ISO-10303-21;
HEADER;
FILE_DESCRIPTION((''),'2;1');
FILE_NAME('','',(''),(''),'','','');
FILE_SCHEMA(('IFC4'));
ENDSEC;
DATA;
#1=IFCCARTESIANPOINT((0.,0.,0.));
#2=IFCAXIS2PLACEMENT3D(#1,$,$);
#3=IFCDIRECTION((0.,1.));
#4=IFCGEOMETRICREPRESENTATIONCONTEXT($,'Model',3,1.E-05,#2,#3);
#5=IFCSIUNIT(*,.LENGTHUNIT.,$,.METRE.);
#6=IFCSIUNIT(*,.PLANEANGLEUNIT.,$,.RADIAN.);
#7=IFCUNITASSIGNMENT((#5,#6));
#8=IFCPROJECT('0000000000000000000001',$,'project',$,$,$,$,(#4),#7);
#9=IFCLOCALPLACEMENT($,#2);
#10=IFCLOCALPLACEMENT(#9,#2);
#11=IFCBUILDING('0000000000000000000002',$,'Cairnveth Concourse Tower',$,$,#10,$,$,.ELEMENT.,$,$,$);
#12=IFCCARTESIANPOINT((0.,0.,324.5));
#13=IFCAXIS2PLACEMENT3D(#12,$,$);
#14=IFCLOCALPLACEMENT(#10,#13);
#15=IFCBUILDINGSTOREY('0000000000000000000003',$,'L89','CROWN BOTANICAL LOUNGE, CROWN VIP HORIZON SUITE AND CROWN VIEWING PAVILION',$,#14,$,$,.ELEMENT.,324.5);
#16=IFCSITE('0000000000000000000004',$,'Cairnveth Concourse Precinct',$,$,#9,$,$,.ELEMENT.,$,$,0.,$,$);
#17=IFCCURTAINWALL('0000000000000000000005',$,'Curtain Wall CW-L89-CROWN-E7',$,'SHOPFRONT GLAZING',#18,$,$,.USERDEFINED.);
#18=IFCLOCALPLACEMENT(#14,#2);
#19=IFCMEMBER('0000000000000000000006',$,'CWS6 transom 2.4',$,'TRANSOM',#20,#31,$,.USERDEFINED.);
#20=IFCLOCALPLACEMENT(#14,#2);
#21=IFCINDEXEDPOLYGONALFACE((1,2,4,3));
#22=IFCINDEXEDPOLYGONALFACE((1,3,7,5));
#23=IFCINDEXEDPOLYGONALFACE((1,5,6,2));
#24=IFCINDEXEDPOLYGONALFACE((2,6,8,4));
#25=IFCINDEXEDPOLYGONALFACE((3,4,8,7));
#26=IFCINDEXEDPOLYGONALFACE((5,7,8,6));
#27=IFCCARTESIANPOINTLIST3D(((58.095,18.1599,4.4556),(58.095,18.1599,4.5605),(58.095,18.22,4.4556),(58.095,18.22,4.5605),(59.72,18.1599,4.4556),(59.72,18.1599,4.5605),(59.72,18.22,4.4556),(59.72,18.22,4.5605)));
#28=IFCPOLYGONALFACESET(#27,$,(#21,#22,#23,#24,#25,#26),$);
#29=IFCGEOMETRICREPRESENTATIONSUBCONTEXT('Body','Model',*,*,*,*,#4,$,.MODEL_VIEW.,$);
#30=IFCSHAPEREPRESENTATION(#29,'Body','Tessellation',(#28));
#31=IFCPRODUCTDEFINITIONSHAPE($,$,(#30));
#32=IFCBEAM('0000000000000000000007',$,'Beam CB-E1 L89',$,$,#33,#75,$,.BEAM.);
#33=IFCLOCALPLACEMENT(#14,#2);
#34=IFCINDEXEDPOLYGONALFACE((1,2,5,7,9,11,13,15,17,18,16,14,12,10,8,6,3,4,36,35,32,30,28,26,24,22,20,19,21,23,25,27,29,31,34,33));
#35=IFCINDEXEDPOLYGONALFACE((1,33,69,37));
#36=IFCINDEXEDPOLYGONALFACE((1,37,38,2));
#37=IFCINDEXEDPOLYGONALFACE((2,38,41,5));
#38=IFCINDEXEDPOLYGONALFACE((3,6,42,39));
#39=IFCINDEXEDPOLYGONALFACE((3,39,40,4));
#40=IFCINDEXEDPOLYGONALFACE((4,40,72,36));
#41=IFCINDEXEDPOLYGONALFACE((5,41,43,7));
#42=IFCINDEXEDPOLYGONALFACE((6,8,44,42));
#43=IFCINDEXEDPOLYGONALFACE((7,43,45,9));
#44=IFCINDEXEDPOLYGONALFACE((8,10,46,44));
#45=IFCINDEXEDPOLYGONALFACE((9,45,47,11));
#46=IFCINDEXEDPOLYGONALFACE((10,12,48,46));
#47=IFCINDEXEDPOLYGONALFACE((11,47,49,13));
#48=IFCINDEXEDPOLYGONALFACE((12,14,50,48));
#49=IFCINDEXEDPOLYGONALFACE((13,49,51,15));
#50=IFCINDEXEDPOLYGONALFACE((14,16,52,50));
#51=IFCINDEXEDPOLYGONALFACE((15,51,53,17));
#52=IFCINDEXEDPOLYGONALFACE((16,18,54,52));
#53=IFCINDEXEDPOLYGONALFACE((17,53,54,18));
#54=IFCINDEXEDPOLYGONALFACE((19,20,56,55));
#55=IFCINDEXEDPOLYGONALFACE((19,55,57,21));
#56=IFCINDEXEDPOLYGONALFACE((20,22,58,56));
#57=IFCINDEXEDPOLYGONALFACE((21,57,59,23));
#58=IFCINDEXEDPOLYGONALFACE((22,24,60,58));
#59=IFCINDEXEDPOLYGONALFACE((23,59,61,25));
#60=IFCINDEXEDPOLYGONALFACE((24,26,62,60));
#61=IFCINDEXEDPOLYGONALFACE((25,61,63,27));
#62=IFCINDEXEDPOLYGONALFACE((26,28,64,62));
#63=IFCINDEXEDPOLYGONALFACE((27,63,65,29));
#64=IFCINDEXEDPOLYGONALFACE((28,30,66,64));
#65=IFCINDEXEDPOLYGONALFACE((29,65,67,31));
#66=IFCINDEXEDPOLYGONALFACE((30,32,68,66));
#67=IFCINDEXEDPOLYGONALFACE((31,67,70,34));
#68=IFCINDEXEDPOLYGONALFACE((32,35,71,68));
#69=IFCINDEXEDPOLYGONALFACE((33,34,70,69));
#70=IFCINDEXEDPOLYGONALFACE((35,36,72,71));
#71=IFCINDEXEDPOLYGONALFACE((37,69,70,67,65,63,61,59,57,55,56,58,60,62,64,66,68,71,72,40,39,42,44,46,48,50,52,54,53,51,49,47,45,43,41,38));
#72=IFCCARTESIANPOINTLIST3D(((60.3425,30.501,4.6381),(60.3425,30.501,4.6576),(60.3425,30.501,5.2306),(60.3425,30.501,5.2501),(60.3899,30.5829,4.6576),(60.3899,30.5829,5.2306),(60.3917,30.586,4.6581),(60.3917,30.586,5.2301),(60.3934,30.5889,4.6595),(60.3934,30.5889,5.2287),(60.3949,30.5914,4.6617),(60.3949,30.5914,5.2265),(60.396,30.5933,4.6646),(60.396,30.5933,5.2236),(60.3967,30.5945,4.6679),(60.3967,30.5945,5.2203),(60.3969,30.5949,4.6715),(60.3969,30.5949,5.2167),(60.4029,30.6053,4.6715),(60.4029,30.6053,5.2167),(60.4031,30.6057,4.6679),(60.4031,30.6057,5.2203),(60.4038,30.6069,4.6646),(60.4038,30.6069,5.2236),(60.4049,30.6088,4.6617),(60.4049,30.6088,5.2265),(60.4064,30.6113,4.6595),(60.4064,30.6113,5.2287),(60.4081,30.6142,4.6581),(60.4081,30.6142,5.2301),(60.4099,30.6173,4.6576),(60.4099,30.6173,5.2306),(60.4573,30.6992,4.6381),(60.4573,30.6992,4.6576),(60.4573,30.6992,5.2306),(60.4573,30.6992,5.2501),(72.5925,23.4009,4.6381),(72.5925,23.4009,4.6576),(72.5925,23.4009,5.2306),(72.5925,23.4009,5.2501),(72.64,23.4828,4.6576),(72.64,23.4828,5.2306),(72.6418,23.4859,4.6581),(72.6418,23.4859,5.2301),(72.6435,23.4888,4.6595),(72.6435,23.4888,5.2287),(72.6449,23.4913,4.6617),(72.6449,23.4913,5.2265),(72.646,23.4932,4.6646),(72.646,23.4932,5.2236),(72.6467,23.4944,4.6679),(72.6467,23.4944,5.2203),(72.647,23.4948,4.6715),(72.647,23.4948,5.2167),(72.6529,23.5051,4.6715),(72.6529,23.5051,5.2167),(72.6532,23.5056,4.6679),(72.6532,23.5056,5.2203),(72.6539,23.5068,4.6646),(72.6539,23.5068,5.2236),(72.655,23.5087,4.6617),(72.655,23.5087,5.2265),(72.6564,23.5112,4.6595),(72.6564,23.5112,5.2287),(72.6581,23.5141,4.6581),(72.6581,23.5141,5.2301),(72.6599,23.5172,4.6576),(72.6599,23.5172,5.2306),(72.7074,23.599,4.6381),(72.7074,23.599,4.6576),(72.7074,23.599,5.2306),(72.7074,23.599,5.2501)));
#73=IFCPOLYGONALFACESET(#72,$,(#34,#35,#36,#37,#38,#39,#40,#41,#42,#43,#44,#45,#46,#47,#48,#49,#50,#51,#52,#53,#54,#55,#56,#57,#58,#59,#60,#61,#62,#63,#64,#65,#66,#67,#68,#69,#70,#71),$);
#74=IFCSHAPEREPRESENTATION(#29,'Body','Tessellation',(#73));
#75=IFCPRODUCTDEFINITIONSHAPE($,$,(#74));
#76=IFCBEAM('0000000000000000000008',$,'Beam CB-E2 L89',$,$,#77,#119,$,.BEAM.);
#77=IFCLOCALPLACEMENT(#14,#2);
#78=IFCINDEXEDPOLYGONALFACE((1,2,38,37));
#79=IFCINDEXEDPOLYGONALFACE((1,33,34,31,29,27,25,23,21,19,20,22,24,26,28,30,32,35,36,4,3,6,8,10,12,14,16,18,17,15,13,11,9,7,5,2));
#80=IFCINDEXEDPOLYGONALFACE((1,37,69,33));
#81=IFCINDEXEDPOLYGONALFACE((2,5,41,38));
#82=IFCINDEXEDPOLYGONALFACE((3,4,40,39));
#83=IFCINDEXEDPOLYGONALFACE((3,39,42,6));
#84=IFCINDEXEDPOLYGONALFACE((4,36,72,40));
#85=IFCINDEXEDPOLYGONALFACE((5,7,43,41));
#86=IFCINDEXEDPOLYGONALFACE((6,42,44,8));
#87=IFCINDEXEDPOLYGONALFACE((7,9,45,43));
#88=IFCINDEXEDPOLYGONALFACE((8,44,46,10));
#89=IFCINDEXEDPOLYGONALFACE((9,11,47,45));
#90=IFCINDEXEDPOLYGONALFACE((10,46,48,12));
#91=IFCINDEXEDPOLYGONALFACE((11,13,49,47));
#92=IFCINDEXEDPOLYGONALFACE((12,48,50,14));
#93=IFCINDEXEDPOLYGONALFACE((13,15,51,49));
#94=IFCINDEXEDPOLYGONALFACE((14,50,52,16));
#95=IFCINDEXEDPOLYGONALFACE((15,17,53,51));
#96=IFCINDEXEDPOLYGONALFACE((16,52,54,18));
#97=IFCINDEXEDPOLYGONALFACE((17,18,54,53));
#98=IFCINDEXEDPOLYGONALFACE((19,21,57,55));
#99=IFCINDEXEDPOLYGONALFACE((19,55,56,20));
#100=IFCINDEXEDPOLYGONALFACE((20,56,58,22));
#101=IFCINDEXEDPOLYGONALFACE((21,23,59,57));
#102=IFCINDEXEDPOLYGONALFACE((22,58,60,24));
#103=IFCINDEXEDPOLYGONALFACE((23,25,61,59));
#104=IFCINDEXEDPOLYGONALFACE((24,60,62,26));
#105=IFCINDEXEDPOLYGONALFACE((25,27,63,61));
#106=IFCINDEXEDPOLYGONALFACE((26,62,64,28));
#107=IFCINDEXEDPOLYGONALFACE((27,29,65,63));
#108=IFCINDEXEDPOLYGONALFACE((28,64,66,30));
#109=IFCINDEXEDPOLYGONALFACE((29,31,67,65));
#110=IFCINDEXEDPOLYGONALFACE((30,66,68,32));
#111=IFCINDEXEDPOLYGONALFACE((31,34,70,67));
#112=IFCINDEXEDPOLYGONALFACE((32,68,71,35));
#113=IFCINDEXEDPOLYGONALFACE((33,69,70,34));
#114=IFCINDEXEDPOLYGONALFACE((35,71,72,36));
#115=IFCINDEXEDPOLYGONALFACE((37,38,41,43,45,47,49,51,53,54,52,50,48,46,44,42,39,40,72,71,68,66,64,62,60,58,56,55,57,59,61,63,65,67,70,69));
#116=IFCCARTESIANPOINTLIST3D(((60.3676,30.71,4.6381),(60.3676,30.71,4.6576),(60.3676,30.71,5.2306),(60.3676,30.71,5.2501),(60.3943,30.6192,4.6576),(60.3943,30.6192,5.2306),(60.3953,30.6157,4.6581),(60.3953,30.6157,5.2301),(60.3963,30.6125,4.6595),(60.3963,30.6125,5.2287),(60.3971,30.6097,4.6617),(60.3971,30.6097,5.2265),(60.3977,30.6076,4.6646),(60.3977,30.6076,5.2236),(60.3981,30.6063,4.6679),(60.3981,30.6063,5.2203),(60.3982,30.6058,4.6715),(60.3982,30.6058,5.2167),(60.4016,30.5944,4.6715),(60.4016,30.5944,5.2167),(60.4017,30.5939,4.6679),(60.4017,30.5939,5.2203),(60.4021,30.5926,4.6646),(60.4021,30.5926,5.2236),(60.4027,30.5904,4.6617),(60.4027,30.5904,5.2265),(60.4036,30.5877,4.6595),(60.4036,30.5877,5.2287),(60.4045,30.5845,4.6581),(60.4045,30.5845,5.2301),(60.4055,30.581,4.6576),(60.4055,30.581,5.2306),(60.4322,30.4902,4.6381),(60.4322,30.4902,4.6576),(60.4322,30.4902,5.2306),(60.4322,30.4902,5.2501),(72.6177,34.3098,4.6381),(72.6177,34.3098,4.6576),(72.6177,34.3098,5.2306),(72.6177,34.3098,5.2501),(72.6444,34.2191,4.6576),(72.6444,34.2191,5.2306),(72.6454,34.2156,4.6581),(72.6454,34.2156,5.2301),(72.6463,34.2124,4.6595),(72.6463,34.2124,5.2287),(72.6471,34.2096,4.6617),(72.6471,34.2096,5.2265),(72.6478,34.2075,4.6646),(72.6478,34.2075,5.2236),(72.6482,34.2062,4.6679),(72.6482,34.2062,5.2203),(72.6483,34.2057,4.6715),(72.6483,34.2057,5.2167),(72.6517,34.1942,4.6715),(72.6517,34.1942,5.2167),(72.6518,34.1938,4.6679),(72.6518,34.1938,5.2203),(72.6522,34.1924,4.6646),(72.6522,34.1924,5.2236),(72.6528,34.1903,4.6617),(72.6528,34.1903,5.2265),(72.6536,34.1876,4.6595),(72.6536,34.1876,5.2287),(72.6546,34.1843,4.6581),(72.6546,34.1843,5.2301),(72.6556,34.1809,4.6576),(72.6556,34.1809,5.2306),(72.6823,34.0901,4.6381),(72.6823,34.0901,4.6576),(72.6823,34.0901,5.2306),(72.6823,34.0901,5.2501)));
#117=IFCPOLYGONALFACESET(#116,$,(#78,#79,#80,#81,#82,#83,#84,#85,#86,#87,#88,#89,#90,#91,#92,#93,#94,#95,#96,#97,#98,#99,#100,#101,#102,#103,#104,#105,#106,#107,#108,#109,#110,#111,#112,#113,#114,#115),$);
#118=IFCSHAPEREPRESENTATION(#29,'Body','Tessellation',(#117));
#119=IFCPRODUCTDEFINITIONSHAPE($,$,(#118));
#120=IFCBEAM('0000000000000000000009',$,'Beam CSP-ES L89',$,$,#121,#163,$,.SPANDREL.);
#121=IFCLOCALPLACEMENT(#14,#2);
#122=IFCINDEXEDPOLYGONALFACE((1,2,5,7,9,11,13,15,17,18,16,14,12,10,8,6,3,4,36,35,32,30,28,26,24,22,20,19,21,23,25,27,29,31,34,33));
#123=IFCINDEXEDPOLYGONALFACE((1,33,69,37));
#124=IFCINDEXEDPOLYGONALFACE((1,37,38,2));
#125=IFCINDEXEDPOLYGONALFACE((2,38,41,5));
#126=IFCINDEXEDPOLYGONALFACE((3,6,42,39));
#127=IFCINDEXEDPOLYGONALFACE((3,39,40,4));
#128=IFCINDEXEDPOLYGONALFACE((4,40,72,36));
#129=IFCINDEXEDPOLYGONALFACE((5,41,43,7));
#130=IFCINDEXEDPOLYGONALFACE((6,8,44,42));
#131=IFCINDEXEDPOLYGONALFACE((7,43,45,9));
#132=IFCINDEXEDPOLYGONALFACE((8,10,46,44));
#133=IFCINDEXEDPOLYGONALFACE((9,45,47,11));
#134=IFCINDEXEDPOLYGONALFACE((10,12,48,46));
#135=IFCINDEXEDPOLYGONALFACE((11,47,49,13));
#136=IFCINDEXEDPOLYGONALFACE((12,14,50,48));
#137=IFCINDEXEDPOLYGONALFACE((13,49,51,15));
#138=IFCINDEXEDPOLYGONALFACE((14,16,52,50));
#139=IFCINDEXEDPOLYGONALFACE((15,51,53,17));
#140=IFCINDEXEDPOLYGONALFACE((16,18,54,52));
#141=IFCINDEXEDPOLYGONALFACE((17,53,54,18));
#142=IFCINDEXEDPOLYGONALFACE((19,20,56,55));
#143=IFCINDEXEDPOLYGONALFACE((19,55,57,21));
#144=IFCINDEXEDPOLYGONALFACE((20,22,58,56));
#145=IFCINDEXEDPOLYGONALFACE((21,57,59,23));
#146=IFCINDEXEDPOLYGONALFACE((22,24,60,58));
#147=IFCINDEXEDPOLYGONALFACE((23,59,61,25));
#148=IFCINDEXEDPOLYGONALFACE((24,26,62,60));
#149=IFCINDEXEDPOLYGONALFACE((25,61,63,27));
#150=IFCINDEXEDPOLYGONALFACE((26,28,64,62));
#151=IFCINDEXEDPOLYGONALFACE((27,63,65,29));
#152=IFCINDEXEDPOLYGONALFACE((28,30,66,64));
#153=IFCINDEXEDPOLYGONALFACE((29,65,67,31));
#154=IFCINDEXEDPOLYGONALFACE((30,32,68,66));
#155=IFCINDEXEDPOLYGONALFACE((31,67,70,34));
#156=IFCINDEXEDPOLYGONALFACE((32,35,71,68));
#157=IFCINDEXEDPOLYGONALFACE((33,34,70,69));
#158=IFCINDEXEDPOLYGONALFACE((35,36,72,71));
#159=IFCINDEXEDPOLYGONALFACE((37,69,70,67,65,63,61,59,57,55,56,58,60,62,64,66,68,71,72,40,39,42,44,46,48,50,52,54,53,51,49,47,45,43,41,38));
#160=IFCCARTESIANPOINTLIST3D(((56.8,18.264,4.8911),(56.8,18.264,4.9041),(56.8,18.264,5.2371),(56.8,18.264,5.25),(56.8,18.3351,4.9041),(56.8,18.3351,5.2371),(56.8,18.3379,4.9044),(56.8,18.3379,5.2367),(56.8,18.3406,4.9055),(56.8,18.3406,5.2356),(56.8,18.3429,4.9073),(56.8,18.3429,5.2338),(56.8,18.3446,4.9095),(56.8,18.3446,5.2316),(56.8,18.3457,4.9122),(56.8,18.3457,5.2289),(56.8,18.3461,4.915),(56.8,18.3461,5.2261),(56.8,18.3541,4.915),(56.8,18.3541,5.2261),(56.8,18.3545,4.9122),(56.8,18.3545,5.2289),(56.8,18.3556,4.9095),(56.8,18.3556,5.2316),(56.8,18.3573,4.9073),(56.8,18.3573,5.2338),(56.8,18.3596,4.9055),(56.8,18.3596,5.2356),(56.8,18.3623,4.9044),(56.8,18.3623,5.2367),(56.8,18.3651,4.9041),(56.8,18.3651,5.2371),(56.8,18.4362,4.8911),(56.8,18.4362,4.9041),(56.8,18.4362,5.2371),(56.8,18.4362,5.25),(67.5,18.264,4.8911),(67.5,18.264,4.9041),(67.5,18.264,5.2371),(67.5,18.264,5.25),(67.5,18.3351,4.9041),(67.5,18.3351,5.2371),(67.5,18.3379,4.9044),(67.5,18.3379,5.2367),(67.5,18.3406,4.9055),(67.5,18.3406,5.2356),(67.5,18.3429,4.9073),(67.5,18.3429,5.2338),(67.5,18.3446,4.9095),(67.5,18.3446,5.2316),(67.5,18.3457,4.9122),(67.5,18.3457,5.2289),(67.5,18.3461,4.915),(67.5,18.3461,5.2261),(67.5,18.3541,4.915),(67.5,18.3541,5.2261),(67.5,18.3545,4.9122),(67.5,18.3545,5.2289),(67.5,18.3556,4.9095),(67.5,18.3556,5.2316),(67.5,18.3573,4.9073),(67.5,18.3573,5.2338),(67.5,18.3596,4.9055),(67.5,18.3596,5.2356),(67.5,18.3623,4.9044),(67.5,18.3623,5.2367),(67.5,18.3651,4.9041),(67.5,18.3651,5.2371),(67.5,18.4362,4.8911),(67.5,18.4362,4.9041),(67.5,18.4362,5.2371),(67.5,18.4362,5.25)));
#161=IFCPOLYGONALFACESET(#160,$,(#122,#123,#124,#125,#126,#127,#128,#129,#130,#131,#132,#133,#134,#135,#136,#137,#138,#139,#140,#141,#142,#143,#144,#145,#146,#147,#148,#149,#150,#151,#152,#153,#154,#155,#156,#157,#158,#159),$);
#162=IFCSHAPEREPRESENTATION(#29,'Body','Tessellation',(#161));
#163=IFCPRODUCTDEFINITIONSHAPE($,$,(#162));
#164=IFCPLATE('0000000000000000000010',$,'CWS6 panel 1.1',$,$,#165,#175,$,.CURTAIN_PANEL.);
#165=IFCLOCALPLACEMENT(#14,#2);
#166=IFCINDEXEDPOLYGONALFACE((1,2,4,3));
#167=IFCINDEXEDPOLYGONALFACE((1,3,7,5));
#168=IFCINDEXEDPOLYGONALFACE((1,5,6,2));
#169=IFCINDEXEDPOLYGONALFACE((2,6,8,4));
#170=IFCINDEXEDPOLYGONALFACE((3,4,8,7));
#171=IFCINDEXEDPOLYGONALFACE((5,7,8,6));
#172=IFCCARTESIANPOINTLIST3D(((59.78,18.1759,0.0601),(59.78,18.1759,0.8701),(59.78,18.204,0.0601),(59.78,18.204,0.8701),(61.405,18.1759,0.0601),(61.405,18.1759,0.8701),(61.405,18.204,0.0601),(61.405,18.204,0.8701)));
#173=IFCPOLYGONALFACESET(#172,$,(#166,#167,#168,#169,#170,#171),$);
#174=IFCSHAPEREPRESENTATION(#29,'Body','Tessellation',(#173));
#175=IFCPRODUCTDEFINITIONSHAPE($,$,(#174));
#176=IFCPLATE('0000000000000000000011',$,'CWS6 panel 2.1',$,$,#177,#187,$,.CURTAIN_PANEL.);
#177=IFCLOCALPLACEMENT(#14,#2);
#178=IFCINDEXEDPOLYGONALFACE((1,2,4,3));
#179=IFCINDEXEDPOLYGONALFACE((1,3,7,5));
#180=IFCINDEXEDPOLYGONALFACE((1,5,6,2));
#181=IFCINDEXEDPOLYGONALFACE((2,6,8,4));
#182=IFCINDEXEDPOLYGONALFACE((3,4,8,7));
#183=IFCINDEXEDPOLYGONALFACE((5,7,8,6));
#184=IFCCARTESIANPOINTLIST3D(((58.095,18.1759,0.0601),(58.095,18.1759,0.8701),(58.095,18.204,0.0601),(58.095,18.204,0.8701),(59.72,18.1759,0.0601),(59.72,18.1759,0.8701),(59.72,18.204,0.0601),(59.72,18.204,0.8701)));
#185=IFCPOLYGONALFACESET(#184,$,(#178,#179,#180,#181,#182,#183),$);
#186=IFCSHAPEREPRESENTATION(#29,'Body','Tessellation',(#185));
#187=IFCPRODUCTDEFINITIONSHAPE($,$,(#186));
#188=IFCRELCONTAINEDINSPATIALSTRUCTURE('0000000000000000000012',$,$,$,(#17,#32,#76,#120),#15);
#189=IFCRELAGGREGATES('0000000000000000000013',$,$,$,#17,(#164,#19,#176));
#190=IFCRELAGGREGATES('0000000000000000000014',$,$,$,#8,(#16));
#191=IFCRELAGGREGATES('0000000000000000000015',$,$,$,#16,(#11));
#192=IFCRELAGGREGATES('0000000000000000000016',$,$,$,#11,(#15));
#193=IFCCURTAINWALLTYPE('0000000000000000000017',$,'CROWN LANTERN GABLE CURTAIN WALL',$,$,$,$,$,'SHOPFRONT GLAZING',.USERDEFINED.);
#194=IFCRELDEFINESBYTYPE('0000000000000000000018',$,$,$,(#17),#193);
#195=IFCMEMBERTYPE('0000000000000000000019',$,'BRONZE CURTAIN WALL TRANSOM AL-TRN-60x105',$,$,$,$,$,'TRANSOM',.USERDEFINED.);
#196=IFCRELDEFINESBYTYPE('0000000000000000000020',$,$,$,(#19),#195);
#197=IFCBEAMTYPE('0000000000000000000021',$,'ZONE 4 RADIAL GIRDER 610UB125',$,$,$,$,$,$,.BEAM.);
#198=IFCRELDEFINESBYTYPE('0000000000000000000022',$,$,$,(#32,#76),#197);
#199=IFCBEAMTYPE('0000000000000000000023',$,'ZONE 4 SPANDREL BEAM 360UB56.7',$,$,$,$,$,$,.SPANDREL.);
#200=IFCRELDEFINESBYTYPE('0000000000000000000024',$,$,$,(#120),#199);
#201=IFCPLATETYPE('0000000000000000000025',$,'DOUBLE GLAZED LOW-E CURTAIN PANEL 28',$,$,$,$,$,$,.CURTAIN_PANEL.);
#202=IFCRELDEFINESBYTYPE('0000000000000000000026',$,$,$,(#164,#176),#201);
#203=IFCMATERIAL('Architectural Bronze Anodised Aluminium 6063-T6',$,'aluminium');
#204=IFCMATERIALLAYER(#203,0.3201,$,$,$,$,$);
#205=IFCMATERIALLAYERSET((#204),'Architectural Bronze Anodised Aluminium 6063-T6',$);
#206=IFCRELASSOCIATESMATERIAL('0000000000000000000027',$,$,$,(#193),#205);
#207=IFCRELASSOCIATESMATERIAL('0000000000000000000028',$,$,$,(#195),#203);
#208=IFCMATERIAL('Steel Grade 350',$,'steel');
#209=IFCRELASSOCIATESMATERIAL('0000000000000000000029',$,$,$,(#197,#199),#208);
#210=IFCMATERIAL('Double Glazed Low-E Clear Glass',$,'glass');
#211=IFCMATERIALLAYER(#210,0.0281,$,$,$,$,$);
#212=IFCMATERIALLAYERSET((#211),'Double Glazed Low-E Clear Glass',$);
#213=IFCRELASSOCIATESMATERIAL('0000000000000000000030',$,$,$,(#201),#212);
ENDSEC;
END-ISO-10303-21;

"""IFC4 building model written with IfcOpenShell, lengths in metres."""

from ifc_helpers import new_model, si_unit, direction, frame, origin, origin_2d, place, context, subcontext, project, spatial, rectangle, i_section, extrude, material, layer, layer_set, material_profile, profile_set, type_object, element, aggregate, save


model = new_model("IFC4")

# Units and contexts
model_context = context("Model", 3, precision=1e-05, world=origin(), true_north=direction((0.0, 1.0)))
body_context = subcontext(model_context, "Body", "Model", "MODEL_VIEW")
ifc_project = project(units=[si_unit("LENGTHUNIT", "METRE"), si_unit("PLANEANGLEUNIT", "RADIAN")], contexts=[model_context])

# Site, building, storey
site_placement = place(None, origin())
site = spatial("IfcSite", under=ifc_project, at=site_placement, Name="Cairnveth Concourse Precinct", CompositionType="ELEMENT", RefElevation=0.0)
building_placement = place(site_placement, origin())
building = spatial("IfcBuilding", under=site, at=building_placement, Name="Cairnveth Concourse Tower", CompositionType="ELEMENT")
storey_placement = place(building_placement, frame((0.0, 0.0, 324.5)))
storey = spatial("IfcBuildingStorey", under=building, at=storey_placement, Name="L89", Description="CROWN BOTANICAL LOUNGE, CROWN VIP HORIZON SUITE AND CROWN VIEWING PAVILION", CompositionType="ELEMENT", Elevation=324.5)

# Shared definitions
ifc_material_1 = material(Name="Steel Grade 350", Category="steel")

# Curtain wall, member
ifc_material_2 = material(Name="Architectural Bronze Anodised Aluminium 6063-T6", Category="aluminium")
ifc_layer_1 = layer(ifc_material_2, 0.3201)
ifc_layer_set_1 = layer_set([ifc_layer_1], Name="Architectural Bronze Anodised Aluminium 6063-T6")
curtain_wall_type = type_object("IfcCurtainWallType", Name="CROWN LANTERN GABLE CURTAIN WALL", ElementType="SHOPFRONT GLAZING", PredefinedType="USERDEFINED", material=ifc_layer_set_1)
curtain_wall_placement = place(storey_placement, origin())
curtain_wall = element("IfcCurtainWall", 1, at=curtain_wall_placement, inside=storey, type_object=curtain_wall_type, Name="Curtain Wall CW-L89-CROWN-E7", ObjectType="SHOPFRONT GLAZING", PredefinedType="USERDEFINED")
ifc_material_profile_1 = material_profile(ifc_material_2, rectangle(XDim=0.0601, YDim=0.105, at=origin_2d()), Name="AL-TRN-60x105")
ifc_profile_set_1 = profile_set([ifc_material_profile_1], Name="Architectural Bronze Anodised Aluminium 6063-T6")
member_type_1 = type_object("IfcMemberType", Name="BRONZE CURTAIN WALL TRANSOM AL-TRN-60x105", ElementType="TRANSOM", PredefinedType="USERDEFINED", material=ifc_profile_set_1)
member_1_placement = place(storey_placement, frame((59.72, 18.1899, 4.5081), z_axis=(-1.0, 0.0, 0.0), x_axis=(0.0, -1.0, 0.0)))
member_1 = element("IfcMember", 2, at=member_1_placement, type_object=member_type_1, Name="CWS6 transom 2.4", ObjectType="TRANSOM", PredefinedType="USERDEFINED", context=body_context, shape_type="SweptSolid", body=[
    extrude(rectangle(XDim=0.0601, YDim=0.105, at=origin_2d()), origin(), (0.0, 0.0, 1.0), 1.625),
])

# Beams
ifc_material_profile_2 = material_profile(ifc_material_1, i_section(OverallWidth=0.229, OverallDepth=0.6121, WebThickness=0.012, FlangeThickness=0.0195, FilletRadius=0.0139, at=origin_2d()), Name="610UB125")
ifc_profile_set_2 = profile_set([ifc_material_profile_2], Name="Steel Grade 350")
beam_type_1 = type_object("IfcBeamType", Name="ZONE 4 RADIAL GIRDER 610UB125", PredefinedType="BEAM", material=ifc_profile_set_2)
beam_1_placement = place(storey_placement, frame((60.3999, 30.6001, 4.9441), z_axis=(0.865181, -0.501459, 0.0), x_axis=(0.501459, 0.865181, 0.0)))
element("IfcBeam", 3, at=beam_1_placement, inside=storey, type_object=beam_type_1, Name="Beam CB-E1 L89", PredefinedType="BEAM", context=body_context, shape_type="SweptSolid", body=[
    extrude(i_section(OverallWidth=0.229, OverallDepth=0.6121, WebThickness=0.012, FlangeThickness=0.0195, FilletRadius=0.0139, at=origin_2d()), origin(), (0.0, 0.0, 1.0), 14.1589),
])
beam_2_placement = place(storey_placement, frame((60.3999, 30.6001, 4.9441), z_axis=(0.959431, 0.281944, 0.0), x_axis=(-0.281944, 0.959431, 0.0)))
element("IfcBeam", 4, at=beam_2_placement, inside=storey, type_object=beam_type_1, Name="Beam CB-E2 L89", PredefinedType="BEAM", context=body_context, shape_type="SweptSolid", body=[
    extrude(i_section(OverallWidth=0.229, OverallDepth=0.6121, WebThickness=0.012, FlangeThickness=0.0195, FilletRadius=0.0139, at=origin_2d()), origin(), (0.0, 0.0, 1.0), 12.7681),
])
ifc_material_profile_3 = material_profile(ifc_material_1, i_section(OverallWidth=0.1721, OverallDepth=0.3589, WebThickness=0.0081, FlangeThickness=0.0129, FilletRadius=0.011, at=origin_2d()), Name="360UB56.7")
ifc_profile_set_3 = profile_set([ifc_material_profile_3], Name="Steel Grade 350")
beam_type_2 = type_object("IfcBeamType", Name="ZONE 4 SPANDREL BEAM 360UB56.7", PredefinedType="SPANDREL", material=ifc_profile_set_3)
beam_3_placement = place(storey_placement, frame((56.8, 18.3501, 5.0706), z_axis=(1.0, 0.0, 0.0), x_axis=(0.0, 1.0, 0.0)))
element("IfcBeam", 5, at=beam_3_placement, inside=storey, type_object=beam_type_2, Name="Beam CSP-ES L89", PredefinedType="SPANDREL", context=body_context, shape_type="SweptSolid", body=[
    extrude(i_section(OverallWidth=0.1721, OverallDepth=0.3589, WebThickness=0.0081, FlangeThickness=0.0129, FilletRadius=0.011, at=origin_2d()), origin(), (0.0, 0.0, 1.0), 10.7),
])

# Plates
ifc_material_3 = material(Name="Double Glazed Low-E Clear Glass", Category="glass")
ifc_layer_2 = layer(ifc_material_3, 0.0281)
ifc_layer_set_2 = layer_set([ifc_layer_2], Name="Double Glazed Low-E Clear Glass")
plate_type = type_object("IfcPlateType", Name="DOUBLE GLAZED LOW-E CURTAIN PANEL 28", PredefinedType="CURTAIN_PANEL", material=ifc_layer_set_2)
plate_1_placement = place(storey_placement, frame((60.5925, 18.1899, 0.0601), z_axis=(0.0, 0.0, 1.0), x_axis=(-1.0, 0.0, 0.0)))
plate_1 = element("IfcPlate", 6, at=plate_1_placement, type_object=plate_type, Name="CWS6 panel 1.1", PredefinedType="CURTAIN_PANEL", context=body_context, shape_type="SweptSolid", body=[
    extrude(rectangle(XDim=1.625, YDim=0.0281, at=origin_2d()), origin(), (0.0, 0.0, 1.0), 0.8101),
])
plate_2_placement = place(storey_placement, frame((58.9075, 18.1899, 0.0601), z_axis=(0.0, 0.0, 1.0), x_axis=(-1.0, 0.0, 0.0)))
plate_2 = element("IfcPlate", 7, at=plate_2_placement, type_object=plate_type, Name="CWS6 panel 2.1", PredefinedType="CURTAIN_PANEL", context=body_context, shape_type="SweptSolid", body=[
    extrude(rectangle(XDim=1.625, YDim=0.0281, at=origin_2d()), origin(), (0.0, 0.0, 1.0), 0.8101),
])
aggregate(curtain_wall, [plate_1, member_1, plate_2])

save(model, "model.ifc")
